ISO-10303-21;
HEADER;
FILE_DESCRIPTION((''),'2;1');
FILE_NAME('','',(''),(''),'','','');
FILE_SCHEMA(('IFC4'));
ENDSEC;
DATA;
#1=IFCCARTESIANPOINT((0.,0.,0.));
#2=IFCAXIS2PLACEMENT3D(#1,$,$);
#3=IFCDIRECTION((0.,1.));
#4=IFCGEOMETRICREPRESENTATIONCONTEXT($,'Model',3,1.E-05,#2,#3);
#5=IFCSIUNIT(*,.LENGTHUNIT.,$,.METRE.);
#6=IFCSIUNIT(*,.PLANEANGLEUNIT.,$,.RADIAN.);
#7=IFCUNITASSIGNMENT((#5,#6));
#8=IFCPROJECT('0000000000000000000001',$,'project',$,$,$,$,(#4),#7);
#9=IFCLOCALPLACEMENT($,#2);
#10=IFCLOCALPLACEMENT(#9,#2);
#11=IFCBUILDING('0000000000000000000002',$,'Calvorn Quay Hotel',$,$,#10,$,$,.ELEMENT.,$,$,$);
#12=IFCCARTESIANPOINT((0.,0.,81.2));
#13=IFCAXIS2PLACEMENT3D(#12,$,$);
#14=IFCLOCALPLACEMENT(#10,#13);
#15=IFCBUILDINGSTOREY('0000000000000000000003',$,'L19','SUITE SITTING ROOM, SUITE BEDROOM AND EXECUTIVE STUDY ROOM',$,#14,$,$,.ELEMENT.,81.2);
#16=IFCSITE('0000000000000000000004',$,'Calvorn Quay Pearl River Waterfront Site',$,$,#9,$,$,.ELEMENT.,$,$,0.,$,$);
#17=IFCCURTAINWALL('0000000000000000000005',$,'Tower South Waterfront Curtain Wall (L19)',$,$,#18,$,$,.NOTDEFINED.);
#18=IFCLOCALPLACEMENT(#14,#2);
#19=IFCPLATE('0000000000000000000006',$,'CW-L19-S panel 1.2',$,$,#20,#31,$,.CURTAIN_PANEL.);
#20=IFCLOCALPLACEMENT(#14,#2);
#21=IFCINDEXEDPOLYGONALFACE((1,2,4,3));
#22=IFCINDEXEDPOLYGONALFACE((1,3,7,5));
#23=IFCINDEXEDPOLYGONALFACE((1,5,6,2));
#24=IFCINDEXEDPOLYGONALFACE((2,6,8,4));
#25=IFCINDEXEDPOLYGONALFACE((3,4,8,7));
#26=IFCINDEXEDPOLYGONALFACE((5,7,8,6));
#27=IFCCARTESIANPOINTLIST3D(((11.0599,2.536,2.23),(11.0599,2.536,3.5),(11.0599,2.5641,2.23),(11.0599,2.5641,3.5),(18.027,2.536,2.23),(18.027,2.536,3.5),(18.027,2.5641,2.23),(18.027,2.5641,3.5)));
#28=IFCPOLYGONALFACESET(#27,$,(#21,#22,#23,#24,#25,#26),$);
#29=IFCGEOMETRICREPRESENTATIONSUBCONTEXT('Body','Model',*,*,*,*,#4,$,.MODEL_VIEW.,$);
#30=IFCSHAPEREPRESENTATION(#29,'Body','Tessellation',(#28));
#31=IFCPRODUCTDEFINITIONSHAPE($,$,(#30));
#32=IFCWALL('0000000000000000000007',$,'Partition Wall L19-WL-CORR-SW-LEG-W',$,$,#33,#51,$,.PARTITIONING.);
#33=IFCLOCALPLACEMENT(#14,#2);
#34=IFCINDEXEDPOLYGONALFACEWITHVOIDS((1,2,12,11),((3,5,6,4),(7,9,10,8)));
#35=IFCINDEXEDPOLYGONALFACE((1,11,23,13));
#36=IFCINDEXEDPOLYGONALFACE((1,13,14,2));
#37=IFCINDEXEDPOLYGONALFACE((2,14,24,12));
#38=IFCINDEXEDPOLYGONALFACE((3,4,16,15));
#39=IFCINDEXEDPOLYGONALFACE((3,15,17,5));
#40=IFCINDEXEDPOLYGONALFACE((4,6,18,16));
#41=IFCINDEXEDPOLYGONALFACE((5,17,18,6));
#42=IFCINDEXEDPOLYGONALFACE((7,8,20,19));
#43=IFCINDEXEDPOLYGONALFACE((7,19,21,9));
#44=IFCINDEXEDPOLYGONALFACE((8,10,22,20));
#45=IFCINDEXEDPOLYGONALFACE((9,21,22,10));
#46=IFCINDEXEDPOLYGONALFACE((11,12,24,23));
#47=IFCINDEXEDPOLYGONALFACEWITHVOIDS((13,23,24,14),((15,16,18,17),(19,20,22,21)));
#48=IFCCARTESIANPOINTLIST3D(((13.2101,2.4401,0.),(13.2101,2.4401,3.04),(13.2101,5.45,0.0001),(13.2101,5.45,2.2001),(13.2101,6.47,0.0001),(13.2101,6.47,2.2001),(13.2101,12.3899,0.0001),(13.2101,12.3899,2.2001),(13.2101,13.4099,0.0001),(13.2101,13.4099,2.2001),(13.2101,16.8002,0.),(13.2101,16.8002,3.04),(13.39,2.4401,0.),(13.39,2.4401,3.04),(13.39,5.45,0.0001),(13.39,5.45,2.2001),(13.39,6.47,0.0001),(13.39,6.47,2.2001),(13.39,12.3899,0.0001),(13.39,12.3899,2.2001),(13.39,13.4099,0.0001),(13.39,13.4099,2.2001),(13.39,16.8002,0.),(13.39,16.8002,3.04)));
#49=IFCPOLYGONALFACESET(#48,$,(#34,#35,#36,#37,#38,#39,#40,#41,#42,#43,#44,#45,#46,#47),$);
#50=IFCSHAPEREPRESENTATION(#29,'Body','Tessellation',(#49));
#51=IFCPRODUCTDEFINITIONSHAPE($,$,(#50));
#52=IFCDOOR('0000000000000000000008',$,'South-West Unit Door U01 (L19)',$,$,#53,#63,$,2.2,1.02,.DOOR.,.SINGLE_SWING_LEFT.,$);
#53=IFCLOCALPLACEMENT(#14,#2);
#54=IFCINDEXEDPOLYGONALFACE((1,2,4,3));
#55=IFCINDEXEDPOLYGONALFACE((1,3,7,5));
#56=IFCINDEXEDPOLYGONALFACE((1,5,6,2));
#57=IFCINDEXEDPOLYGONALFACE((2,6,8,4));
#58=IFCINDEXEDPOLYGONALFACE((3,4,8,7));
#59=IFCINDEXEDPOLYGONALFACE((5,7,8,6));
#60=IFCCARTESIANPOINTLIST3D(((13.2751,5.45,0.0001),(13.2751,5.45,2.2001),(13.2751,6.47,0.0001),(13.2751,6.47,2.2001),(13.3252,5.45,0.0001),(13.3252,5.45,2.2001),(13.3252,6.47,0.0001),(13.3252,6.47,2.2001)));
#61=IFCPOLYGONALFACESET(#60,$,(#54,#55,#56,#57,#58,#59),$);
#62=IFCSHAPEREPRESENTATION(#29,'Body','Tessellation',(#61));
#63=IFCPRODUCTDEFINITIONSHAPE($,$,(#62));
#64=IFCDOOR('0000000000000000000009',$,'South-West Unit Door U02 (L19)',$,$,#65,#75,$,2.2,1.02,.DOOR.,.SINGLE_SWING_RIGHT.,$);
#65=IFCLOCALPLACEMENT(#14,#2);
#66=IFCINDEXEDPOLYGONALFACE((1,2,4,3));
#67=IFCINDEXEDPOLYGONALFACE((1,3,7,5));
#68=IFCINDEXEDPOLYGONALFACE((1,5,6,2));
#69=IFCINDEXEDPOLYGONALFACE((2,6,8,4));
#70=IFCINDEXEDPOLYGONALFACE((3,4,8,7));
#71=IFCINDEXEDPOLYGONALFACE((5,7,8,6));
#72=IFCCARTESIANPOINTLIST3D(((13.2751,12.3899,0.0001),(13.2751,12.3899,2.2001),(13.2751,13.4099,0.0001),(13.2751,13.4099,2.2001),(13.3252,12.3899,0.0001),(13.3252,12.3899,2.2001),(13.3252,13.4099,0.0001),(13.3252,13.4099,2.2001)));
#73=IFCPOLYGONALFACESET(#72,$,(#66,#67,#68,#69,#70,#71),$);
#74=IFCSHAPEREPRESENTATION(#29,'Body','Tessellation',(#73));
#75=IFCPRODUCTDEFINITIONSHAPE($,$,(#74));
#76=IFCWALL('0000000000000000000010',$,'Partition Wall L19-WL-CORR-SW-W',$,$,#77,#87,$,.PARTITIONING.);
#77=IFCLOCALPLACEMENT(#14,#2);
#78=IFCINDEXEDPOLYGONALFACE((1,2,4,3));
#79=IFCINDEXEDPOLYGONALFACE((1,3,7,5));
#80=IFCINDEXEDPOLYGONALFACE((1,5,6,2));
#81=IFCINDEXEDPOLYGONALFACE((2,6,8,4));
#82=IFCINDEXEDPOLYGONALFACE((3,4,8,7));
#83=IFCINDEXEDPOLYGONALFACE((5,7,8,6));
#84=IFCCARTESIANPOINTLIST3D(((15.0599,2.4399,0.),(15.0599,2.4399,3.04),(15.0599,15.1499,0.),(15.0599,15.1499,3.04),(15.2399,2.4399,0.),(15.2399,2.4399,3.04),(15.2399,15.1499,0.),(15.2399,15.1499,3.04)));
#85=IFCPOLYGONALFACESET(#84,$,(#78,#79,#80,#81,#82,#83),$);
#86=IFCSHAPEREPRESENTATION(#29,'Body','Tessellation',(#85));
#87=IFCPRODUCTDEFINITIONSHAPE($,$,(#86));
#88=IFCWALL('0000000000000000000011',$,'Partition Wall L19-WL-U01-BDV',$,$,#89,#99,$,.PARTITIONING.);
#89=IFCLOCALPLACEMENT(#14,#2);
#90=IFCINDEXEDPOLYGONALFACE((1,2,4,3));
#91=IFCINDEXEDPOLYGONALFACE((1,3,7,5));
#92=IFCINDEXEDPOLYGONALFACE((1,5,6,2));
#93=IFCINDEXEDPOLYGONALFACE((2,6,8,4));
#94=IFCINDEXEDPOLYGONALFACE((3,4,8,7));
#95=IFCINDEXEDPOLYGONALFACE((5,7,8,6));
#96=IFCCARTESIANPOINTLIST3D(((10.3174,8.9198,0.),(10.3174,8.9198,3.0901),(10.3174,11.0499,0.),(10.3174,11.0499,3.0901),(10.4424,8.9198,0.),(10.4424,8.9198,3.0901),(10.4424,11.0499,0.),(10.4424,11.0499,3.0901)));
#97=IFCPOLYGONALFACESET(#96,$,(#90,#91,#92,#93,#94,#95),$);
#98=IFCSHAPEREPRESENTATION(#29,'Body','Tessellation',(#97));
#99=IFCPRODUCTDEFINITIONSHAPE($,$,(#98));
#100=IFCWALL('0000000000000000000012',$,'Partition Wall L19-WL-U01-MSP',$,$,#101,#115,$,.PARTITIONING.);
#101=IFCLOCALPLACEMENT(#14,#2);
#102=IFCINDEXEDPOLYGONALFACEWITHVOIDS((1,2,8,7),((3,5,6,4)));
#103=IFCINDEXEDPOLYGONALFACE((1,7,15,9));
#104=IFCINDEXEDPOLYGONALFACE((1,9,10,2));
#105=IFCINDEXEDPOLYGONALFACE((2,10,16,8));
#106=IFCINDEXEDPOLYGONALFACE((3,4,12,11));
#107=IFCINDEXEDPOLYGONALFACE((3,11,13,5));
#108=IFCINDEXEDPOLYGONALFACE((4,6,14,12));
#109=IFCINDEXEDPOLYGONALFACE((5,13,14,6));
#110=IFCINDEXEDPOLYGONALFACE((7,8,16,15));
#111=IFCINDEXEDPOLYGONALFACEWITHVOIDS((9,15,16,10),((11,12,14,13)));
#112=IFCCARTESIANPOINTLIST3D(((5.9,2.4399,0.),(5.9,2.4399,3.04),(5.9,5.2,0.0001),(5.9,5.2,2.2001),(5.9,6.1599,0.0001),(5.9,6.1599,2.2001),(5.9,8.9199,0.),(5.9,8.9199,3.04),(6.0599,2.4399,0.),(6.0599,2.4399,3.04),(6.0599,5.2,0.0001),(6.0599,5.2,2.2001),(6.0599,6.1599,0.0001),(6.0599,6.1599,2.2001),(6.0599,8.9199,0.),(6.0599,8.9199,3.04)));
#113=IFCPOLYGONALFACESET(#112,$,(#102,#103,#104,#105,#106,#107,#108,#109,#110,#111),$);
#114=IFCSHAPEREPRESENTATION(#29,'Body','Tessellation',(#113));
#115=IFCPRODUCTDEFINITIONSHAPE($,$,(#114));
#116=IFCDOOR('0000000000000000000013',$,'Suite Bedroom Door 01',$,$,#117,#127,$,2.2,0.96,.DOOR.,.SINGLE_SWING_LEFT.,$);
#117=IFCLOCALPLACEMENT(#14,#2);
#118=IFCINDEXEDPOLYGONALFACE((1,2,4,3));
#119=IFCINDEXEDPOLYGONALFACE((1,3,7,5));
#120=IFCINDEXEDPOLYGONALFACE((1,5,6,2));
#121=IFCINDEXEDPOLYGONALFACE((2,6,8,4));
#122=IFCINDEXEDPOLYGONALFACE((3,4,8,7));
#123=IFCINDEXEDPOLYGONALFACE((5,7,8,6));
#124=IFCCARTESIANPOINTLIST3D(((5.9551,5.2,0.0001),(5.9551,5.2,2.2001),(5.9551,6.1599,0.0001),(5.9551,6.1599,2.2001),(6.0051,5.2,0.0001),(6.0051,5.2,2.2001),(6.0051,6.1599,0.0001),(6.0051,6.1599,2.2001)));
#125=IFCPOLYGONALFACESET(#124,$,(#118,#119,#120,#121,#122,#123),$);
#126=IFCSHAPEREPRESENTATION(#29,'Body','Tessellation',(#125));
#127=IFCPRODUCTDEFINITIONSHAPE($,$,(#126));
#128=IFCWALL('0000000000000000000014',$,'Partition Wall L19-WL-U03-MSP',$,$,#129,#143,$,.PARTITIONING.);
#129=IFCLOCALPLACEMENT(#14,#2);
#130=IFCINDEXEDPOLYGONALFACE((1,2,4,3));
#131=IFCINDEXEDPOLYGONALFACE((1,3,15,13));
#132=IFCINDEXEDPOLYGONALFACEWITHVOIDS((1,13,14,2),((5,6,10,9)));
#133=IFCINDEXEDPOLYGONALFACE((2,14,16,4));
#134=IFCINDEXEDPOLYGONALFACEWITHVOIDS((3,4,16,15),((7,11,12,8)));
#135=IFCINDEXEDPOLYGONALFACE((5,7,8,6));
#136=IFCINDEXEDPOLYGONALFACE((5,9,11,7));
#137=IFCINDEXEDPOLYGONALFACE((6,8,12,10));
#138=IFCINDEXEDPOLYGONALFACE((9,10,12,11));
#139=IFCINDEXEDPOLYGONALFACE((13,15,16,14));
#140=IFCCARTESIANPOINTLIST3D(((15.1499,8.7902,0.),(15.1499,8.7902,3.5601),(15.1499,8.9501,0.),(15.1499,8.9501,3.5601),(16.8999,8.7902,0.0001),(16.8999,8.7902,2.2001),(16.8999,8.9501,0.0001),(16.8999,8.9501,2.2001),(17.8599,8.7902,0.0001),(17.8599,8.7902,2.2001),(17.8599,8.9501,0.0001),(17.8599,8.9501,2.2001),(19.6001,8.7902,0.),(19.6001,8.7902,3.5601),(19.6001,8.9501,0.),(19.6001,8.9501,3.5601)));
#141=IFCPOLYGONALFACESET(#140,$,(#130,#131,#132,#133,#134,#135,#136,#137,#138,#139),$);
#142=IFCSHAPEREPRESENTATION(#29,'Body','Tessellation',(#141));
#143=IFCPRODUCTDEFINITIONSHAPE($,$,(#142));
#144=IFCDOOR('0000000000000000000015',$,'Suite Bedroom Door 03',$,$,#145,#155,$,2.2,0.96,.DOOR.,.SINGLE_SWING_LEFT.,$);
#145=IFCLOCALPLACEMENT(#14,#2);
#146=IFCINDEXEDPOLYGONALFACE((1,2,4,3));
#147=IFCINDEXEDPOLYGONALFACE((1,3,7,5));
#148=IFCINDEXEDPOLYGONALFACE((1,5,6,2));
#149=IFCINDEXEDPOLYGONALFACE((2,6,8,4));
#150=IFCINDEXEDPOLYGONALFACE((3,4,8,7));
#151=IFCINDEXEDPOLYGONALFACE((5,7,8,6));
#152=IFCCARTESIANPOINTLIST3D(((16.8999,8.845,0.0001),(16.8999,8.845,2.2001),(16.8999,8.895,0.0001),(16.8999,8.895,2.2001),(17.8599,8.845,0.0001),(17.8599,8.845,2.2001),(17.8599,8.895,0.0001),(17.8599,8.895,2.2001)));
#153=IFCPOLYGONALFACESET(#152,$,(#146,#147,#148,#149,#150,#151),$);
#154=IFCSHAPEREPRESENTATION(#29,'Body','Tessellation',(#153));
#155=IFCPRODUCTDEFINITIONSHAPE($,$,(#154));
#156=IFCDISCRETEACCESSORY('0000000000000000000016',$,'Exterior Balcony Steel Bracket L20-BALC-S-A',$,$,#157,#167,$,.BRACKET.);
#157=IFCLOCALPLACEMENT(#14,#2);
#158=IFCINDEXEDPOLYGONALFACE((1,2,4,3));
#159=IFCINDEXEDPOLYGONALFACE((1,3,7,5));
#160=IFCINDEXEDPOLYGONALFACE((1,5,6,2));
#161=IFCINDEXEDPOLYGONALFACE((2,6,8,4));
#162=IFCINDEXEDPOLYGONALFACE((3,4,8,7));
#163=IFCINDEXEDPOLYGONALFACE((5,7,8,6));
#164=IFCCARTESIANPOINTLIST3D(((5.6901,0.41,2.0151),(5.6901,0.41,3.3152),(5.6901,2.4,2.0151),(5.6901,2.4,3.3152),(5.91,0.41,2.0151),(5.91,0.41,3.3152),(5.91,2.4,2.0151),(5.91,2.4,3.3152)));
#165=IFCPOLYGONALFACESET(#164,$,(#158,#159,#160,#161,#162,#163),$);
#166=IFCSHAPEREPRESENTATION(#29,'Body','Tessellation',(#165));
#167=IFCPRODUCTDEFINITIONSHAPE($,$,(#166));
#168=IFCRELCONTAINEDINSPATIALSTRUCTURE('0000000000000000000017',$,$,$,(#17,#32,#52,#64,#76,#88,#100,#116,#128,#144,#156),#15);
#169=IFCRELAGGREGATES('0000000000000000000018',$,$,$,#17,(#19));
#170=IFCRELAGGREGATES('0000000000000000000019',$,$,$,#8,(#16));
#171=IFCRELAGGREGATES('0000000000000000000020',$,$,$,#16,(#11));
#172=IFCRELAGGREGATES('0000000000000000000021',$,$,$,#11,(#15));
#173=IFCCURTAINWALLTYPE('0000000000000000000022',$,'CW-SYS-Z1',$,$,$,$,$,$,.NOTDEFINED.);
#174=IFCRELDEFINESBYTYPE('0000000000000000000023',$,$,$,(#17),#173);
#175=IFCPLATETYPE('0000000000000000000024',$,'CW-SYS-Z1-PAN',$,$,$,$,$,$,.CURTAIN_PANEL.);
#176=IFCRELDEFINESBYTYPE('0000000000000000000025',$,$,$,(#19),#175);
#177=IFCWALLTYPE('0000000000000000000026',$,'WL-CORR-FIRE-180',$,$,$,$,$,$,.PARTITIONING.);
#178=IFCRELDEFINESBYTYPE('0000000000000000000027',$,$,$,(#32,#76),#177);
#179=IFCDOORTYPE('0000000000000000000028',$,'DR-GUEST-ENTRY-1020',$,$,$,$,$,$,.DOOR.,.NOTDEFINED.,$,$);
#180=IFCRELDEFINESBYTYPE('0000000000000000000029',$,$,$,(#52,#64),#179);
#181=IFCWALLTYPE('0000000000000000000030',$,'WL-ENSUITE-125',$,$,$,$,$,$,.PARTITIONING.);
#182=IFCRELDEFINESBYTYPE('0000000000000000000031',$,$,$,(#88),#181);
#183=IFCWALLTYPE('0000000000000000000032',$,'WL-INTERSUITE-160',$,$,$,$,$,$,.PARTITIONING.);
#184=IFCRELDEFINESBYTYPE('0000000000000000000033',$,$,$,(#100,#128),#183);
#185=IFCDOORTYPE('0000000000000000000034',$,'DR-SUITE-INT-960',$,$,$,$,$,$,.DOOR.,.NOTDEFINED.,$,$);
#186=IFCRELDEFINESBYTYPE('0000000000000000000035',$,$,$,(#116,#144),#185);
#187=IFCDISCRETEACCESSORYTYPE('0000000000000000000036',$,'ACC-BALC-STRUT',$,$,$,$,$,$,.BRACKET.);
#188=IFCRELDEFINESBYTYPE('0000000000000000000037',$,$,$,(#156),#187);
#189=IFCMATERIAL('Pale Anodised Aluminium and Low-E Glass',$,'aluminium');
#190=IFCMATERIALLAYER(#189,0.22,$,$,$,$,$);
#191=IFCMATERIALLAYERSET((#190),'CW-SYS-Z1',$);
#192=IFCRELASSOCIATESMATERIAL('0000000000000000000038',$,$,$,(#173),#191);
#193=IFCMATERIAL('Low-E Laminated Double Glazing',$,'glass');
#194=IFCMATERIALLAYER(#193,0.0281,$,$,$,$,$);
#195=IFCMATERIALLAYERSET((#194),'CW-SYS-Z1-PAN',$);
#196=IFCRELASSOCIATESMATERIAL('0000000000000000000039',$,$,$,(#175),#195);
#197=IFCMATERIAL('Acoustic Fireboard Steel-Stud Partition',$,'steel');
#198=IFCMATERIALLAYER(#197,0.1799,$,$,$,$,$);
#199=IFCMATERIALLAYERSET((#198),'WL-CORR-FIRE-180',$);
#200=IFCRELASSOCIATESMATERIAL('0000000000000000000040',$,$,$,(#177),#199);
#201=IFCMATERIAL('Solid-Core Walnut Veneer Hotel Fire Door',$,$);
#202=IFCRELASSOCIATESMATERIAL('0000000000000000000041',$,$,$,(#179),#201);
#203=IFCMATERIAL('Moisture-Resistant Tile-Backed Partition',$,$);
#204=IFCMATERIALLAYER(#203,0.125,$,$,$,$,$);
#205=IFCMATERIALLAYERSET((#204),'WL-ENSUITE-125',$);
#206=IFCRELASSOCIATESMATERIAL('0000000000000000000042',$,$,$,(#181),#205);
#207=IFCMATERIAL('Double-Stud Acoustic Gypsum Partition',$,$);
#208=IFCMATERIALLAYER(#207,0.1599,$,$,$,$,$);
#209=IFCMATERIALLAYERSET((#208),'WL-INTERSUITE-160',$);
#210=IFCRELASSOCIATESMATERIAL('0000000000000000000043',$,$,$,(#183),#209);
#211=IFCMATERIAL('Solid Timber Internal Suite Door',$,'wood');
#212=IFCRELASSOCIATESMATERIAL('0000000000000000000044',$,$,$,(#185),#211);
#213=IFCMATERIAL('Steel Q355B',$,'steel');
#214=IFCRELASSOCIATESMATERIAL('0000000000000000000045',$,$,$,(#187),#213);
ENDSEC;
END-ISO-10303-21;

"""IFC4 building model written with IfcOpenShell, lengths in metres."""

from ifc_helpers import new_model, si_unit, direction, frame, frame_2d, origin, origin_2d, place, context, subcontext, project, spatial, rectangle, extrude, material, layer, layer_set, type_object, element, fill, aggregate, save


model = new_model("IFC4")

# Units and contexts
model_context = context("Model", 3, precision=1e-05, world=origin(), true_north=direction((0.0, 1.0)))
body_context = subcontext(model_context, "Body", "Model", "MODEL_VIEW")
ifc_project = project(units=[si_unit("LENGTHUNIT", "METRE"), si_unit("PLANEANGLEUNIT", "RADIAN")], contexts=[model_context])

# Site, building, storey
site_placement = place(None, origin())
site = spatial("IfcSite", under=ifc_project, at=site_placement, Name="Calvorn Quay Pearl River Waterfront Site", CompositionType="ELEMENT", RefElevation=0.0)
building_placement = place(site_placement, origin())
building = spatial("IfcBuilding", under=site, at=building_placement, Name="Calvorn Quay Hotel", CompositionType="ELEMENT")
storey_placement = place(building_placement, frame((0.0, 0.0, 81.2)))
storey = spatial("IfcBuildingStorey", under=building, at=storey_placement, Name="L19", Description="SUITE SITTING ROOM, SUITE BEDROOM AND EXECUTIVE STUDY ROOM", CompositionType="ELEMENT", Elevation=81.2)

# Curtain wall, plate
ifc_material_1 = material(Name="Pale Anodised Aluminium and Low-E Glass", Category="aluminium")
ifc_layer_1 = layer(ifc_material_1, 0.22)
ifc_layer_set_1 = layer_set([ifc_layer_1], Name="CW-SYS-Z1")
curtain_wall_type = type_object("IfcCurtainWallType", Name="CW-SYS-Z1", PredefinedType="NOTDEFINED", material=ifc_layer_set_1)
curtain_wall_placement = place(storey_placement, origin())
curtain_wall = element("IfcCurtainWall", 1, at=curtain_wall_placement, inside=storey, type_object=curtain_wall_type, Name="Tower South Waterfront Curtain Wall (L19)", PredefinedType="NOTDEFINED")
ifc_material_2 = material(Name="Low-E Laminated Double Glazing", Category="glass")
ifc_layer_2 = layer(ifc_material_2, 0.0281)
ifc_layer_set_2 = layer_set([ifc_layer_2], Name="CW-SYS-Z1-PAN")
plate_type = type_object("IfcPlateType", Name="CW-SYS-Z1-PAN", PredefinedType="CURTAIN_PANEL", material=ifc_layer_set_2)
plate_1_placement = place(storey_placement, frame((14.5435, 2.55, 2.23), z_axis=(0.0, 0.0, 1.0), x_axis=(1.0, 0.0, 0.0)))
plate_1 = element("IfcPlate", 2, at=plate_1_placement, type_object=plate_type, Name="CW-L19-S panel 1.2", PredefinedType="CURTAIN_PANEL", context=body_context, shape_type="SweptSolid", body=[
    extrude(rectangle(XDim=6.967, YDim=0.0281, at=origin_2d()), origin(), (0.0, 0.0, 1.0), 1.27),
])
aggregate(curtain_wall, [plate_1])

# Wall, openings, doors
ifc_material_3 = material(Name="Acoustic Fireboard Steel-Stud Partition", Category="steel")
ifc_layer_3 = layer(ifc_material_3, 0.1799)
ifc_layer_set_3 = layer_set([ifc_layer_3], Name="WL-CORR-FIRE-180")
wall_type_1 = type_object("IfcWallType", Name="WL-CORR-FIRE-180", PredefinedType="PARTITIONING", material=ifc_layer_set_3)
wall_1_placement = place(storey_placement, frame((13.3, 2.4399, 0.0), z_axis=(0.0, 0.0, 1.0), x_axis=(0.0, 1.0, 0.0)))
wall_1 = element("IfcWall", 3, at=wall_1_placement, inside=storey, type_object=wall_type_1, Name="Partition Wall L19-WL-CORR-SW-LEG-W", PredefinedType="PARTITIONING", context=body_context, shape_type="SweptSolid", body=[
    extrude(rectangle(XDim=14.3601, YDim=0.1799, at=frame_2d((7.1802, 0.0))), origin(), (0.0, 0.0, 1.0), 3.04),
])
opening_1_placement = place(wall_1_placement, frame((3.01, 0.0, 0.0)))
opening_1 = element("IfcOpeningElement", 4, at=opening_1_placement, cuts=wall_1, PredefinedType="OPENING", context=body_context, shape_type="SweptSolid", body=[
    extrude(rectangle(XDim=1.02, YDim=2.2, at=frame_2d((0.51, 1.1001))), frame((0.0, 0.0999, 0.0), z_axis=(0.0, -1.0, 0.0), x_axis=(1.0, 0.0, 0.0)), (0.0, 0.0, 1.0), 0.2),
])
opening_2_placement = place(wall_1_placement, frame((9.95, 0.0, 0.0)))
opening_2 = element("IfcOpeningElement", 5, at=opening_2_placement, cuts=wall_1, PredefinedType="OPENING", context=body_context, shape_type="SweptSolid", body=[
    extrude(rectangle(XDim=1.02, YDim=2.2, at=frame_2d((0.51, 1.1001))), frame((0.0, 0.0999, 0.0), z_axis=(0.0, -1.0, 0.0), x_axis=(1.0, 0.0, 0.0)), (0.0, 0.0, 1.0), 0.2),
])
ifc_material_4 = material(Name="Solid-Core Walnut Veneer Hotel Fire Door")
door_type_1 = type_object("IfcDoorType", Name="DR-GUEST-ENTRY-1020", OperationType="NOTDEFINED", PredefinedType="DOOR", material=ifc_material_4)
door_1_placement = place(opening_1_placement, origin())
door_1 = element("IfcDoor", 6, at=door_1_placement, inside=storey, type_object=door_type_1, Name="South-West Unit Door U01 (L19)", OperationType="SINGLE_SWING_LEFT", OverallHeight=2.2, OverallWidth=1.02, PredefinedType="DOOR", context=body_context, shape_type="SweptSolid", body=[
    extrude(rectangle(XDim=1.02, YDim=2.2, at=frame_2d((0.51, 1.1001))), frame((0.0, 0.0249, 0.0), z_axis=(0.0, -1.0, 0.0), x_axis=(1.0, 0.0, 0.0)), (0.0, 0.0, 1.0), 0.05),
])
fill(opening_1, door_1)
door_2_placement = place(opening_2_placement, origin())
door_2 = element("IfcDoor", 7, at=door_2_placement, inside=storey, type_object=door_type_1, Name="South-West Unit Door U02 (L19)", OperationType="SINGLE_SWING_RIGHT", OverallHeight=2.2, OverallWidth=1.02, PredefinedType="DOOR", context=body_context, shape_type="SweptSolid", body=[
    extrude(rectangle(XDim=1.02, YDim=2.2, at=frame_2d((0.51, 1.1001))), frame((0.0, 0.0249, 0.0), z_axis=(0.0, -1.0, 0.0), x_axis=(1.0, 0.0, 0.0)), (0.0, 0.0, 1.0), 0.05),
])
fill(opening_2, door_2)

# Walls
wall_2_placement = place(storey_placement, frame((15.1499, 2.4399, 0.0), z_axis=(0.0, 0.0, 1.0), x_axis=(0.0, 1.0, 0.0)))
element("IfcWall", 8, at=wall_2_placement, inside=storey, type_object=wall_type_1, Name="Partition Wall L19-WL-CORR-SW-W", PredefinedType="PARTITIONING", context=body_context, shape_type="SweptSolid", body=[
    extrude(rectangle(XDim=12.71, YDim=0.1799, at=frame_2d((6.355, 0.0))), origin(), (0.0, 0.0, 1.0), 3.04),
])
ifc_material_5 = material(Name="Moisture-Resistant Tile-Backed Partition")
ifc_layer_4 = layer(ifc_material_5, 0.125)
ifc_layer_set_4 = layer_set([ifc_layer_4], Name="WL-ENSUITE-125")
wall_type_2 = type_object("IfcWallType", Name="WL-ENSUITE-125", PredefinedType="PARTITIONING", material=ifc_layer_set_4)
wall_3_placement = place(storey_placement, frame((10.3799, 8.9199, 0.0), z_axis=(0.0, 0.0, 1.0), x_axis=(0.0, 1.0, 0.0)))
element("IfcWall", 9, at=wall_3_placement, inside=storey, type_object=wall_type_2, Name="Partition Wall L19-WL-U01-BDV", PredefinedType="PARTITIONING", context=body_context, shape_type="SweptSolid", body=[
    extrude(rectangle(XDim=2.1301, YDim=0.125, at=frame_2d((1.0649, 0.0))), origin(), (0.0, 0.0, 1.0), 3.0901),
])

# Walls, openings, doors
ifc_material_6 = material(Name="Double-Stud Acoustic Gypsum Partition")
ifc_layer_5 = layer(ifc_material_6, 0.1599)
ifc_layer_set_5 = layer_set([ifc_layer_5], Name="WL-INTERSUITE-160")
wall_type_3 = type_object("IfcWallType", Name="WL-INTERSUITE-160", PredefinedType="PARTITIONING", material=ifc_layer_set_5)
wall_4_placement = place(storey_placement, frame((5.98, 2.4399, 0.0), z_axis=(0.0, 0.0, 1.0), x_axis=(0.0, 1.0, 0.0)))
wall_4 = element("IfcWall", 10, at=wall_4_placement, inside=storey, type_object=wall_type_3, Name="Partition Wall L19-WL-U01-MSP", PredefinedType="PARTITIONING", context=body_context, shape_type="SweptSolid", body=[
    extrude(rectangle(XDim=6.48, YDim=0.1599, at=frame_2d((3.24, 0.0))), origin(), (0.0, 0.0, 1.0), 3.04),
])
opening_3_placement = place(wall_4_placement, frame((2.76, 0.0, 0.0)))
opening_3 = element("IfcOpeningElement", 11, at=opening_3_placement, cuts=wall_4, PredefinedType="OPENING", context=body_context, shape_type="SweptSolid", body=[
    extrude(rectangle(XDim=0.96, YDim=2.2, at=frame_2d((0.48, 1.1001))), frame((0.0, 0.0898, 0.0), z_axis=(0.0, -1.0, 0.0), x_axis=(1.0, 0.0, 0.0)), (0.0, 0.0, 1.0), 0.1799),
])
ifc_material_7 = material(Name="Solid Timber Internal Suite Door", Category="wood")
door_type_2 = type_object("IfcDoorType", Name="DR-SUITE-INT-960", OperationType="NOTDEFINED", PredefinedType="DOOR", material=ifc_material_7)
door_3_placement = place(opening_3_placement, origin())
door_3 = element("IfcDoor", 12, at=door_3_placement, inside=storey, type_object=door_type_2, Name="Suite Bedroom Door 01", OperationType="SINGLE_SWING_LEFT", OverallHeight=2.2, OverallWidth=0.96, PredefinedType="DOOR", context=body_context, shape_type="SweptSolid", body=[
    extrude(rectangle(XDim=0.96, YDim=2.2, at=frame_2d((0.48, 1.1001))), frame((0.0, 0.0249, 0.0), z_axis=(0.0, -1.0, 0.0), x_axis=(1.0, 0.0, 0.0)), (0.0, 0.0, 1.0), 0.05),
])
fill(opening_3, door_3)
wall_5_placement = place(storey_placement, frame((15.1499, 8.8701, 0.0), z_axis=(0.0, 0.0, 1.0), x_axis=(1.0, 0.0, 0.0)))
wall_5 = element("IfcWall", 13, at=wall_5_placement, inside=storey, type_object=wall_type_3, Name="Partition Wall L19-WL-U03-MSP", PredefinedType="PARTITIONING", context=body_context, shape_type="SweptSolid", body=[
    extrude(rectangle(XDim=4.4502, YDim=0.1599, at=frame_2d((2.2251, 0.0))), origin(), (0.0, 0.0, 1.0), 3.5601),
])
opening_4_placement = place(wall_5_placement, frame((1.75, 0.0, 0.0)))
opening_4 = element("IfcOpeningElement", 14, at=opening_4_placement, cuts=wall_5, PredefinedType="OPENING", context=body_context, shape_type="SweptSolid", body=[
    extrude(rectangle(XDim=0.96, YDim=2.2, at=frame_2d((0.48, 1.1001))), frame((0.0, 0.0898, 0.0), z_axis=(0.0, -1.0, 0.0), x_axis=(1.0, 0.0, 0.0)), (0.0, 0.0, 1.0), 0.1799),
])
door_4_placement = place(opening_4_placement, origin())
door_4 = element("IfcDoor", 15, at=door_4_placement, inside=storey, type_object=door_type_2, Name="Suite Bedroom Door 03", OperationType="SINGLE_SWING_LEFT", OverallHeight=2.2, OverallWidth=0.96, PredefinedType="DOOR", context=body_context, shape_type="SweptSolid", body=[
    extrude(rectangle(XDim=0.96, YDim=2.2, at=frame_2d((0.48, 1.1001))), frame((0.0, 0.0249, 0.0), z_axis=(0.0, -1.0, 0.0), x_axis=(1.0, 0.0, 0.0)), (0.0, 0.0, 1.0), 0.05),
])
fill(opening_4, door_4)

# Discrete accessory
ifc_material_8 = material(Name="Steel Q355B", Category="steel")
discrete_accessory_type_1 = type_object("IfcDiscreteAccessoryType", Name="ACC-BALC-STRUT", PredefinedType="BRACKET", material=ifc_material_8)
for number, where, z_axis, x_axis, name in (
    (16, (5.8, 1.405, 2.0151), (0.0, 0.0, 1.0), (1.0, 0.0, 0.0), "Exterior Balcony Steel Bracket L20-BALC-S-A"),
):
    element("IfcDiscreteAccessory", number, at=place(storey_placement, frame(where, z_axis=z_axis, x_axis=x_axis)), inside=storey, type_object=discrete_accessory_type_1, Name=name, PredefinedType="BRACKET", context=body_context, shape_type="SweptSolid", body=[
        extrude(rectangle(XDim=0.22, YDim=1.99, at=origin_2d()), origin(), (0.0, 0.0, 1.0), 1.3),
    ])

save(model, "model.ifc")
